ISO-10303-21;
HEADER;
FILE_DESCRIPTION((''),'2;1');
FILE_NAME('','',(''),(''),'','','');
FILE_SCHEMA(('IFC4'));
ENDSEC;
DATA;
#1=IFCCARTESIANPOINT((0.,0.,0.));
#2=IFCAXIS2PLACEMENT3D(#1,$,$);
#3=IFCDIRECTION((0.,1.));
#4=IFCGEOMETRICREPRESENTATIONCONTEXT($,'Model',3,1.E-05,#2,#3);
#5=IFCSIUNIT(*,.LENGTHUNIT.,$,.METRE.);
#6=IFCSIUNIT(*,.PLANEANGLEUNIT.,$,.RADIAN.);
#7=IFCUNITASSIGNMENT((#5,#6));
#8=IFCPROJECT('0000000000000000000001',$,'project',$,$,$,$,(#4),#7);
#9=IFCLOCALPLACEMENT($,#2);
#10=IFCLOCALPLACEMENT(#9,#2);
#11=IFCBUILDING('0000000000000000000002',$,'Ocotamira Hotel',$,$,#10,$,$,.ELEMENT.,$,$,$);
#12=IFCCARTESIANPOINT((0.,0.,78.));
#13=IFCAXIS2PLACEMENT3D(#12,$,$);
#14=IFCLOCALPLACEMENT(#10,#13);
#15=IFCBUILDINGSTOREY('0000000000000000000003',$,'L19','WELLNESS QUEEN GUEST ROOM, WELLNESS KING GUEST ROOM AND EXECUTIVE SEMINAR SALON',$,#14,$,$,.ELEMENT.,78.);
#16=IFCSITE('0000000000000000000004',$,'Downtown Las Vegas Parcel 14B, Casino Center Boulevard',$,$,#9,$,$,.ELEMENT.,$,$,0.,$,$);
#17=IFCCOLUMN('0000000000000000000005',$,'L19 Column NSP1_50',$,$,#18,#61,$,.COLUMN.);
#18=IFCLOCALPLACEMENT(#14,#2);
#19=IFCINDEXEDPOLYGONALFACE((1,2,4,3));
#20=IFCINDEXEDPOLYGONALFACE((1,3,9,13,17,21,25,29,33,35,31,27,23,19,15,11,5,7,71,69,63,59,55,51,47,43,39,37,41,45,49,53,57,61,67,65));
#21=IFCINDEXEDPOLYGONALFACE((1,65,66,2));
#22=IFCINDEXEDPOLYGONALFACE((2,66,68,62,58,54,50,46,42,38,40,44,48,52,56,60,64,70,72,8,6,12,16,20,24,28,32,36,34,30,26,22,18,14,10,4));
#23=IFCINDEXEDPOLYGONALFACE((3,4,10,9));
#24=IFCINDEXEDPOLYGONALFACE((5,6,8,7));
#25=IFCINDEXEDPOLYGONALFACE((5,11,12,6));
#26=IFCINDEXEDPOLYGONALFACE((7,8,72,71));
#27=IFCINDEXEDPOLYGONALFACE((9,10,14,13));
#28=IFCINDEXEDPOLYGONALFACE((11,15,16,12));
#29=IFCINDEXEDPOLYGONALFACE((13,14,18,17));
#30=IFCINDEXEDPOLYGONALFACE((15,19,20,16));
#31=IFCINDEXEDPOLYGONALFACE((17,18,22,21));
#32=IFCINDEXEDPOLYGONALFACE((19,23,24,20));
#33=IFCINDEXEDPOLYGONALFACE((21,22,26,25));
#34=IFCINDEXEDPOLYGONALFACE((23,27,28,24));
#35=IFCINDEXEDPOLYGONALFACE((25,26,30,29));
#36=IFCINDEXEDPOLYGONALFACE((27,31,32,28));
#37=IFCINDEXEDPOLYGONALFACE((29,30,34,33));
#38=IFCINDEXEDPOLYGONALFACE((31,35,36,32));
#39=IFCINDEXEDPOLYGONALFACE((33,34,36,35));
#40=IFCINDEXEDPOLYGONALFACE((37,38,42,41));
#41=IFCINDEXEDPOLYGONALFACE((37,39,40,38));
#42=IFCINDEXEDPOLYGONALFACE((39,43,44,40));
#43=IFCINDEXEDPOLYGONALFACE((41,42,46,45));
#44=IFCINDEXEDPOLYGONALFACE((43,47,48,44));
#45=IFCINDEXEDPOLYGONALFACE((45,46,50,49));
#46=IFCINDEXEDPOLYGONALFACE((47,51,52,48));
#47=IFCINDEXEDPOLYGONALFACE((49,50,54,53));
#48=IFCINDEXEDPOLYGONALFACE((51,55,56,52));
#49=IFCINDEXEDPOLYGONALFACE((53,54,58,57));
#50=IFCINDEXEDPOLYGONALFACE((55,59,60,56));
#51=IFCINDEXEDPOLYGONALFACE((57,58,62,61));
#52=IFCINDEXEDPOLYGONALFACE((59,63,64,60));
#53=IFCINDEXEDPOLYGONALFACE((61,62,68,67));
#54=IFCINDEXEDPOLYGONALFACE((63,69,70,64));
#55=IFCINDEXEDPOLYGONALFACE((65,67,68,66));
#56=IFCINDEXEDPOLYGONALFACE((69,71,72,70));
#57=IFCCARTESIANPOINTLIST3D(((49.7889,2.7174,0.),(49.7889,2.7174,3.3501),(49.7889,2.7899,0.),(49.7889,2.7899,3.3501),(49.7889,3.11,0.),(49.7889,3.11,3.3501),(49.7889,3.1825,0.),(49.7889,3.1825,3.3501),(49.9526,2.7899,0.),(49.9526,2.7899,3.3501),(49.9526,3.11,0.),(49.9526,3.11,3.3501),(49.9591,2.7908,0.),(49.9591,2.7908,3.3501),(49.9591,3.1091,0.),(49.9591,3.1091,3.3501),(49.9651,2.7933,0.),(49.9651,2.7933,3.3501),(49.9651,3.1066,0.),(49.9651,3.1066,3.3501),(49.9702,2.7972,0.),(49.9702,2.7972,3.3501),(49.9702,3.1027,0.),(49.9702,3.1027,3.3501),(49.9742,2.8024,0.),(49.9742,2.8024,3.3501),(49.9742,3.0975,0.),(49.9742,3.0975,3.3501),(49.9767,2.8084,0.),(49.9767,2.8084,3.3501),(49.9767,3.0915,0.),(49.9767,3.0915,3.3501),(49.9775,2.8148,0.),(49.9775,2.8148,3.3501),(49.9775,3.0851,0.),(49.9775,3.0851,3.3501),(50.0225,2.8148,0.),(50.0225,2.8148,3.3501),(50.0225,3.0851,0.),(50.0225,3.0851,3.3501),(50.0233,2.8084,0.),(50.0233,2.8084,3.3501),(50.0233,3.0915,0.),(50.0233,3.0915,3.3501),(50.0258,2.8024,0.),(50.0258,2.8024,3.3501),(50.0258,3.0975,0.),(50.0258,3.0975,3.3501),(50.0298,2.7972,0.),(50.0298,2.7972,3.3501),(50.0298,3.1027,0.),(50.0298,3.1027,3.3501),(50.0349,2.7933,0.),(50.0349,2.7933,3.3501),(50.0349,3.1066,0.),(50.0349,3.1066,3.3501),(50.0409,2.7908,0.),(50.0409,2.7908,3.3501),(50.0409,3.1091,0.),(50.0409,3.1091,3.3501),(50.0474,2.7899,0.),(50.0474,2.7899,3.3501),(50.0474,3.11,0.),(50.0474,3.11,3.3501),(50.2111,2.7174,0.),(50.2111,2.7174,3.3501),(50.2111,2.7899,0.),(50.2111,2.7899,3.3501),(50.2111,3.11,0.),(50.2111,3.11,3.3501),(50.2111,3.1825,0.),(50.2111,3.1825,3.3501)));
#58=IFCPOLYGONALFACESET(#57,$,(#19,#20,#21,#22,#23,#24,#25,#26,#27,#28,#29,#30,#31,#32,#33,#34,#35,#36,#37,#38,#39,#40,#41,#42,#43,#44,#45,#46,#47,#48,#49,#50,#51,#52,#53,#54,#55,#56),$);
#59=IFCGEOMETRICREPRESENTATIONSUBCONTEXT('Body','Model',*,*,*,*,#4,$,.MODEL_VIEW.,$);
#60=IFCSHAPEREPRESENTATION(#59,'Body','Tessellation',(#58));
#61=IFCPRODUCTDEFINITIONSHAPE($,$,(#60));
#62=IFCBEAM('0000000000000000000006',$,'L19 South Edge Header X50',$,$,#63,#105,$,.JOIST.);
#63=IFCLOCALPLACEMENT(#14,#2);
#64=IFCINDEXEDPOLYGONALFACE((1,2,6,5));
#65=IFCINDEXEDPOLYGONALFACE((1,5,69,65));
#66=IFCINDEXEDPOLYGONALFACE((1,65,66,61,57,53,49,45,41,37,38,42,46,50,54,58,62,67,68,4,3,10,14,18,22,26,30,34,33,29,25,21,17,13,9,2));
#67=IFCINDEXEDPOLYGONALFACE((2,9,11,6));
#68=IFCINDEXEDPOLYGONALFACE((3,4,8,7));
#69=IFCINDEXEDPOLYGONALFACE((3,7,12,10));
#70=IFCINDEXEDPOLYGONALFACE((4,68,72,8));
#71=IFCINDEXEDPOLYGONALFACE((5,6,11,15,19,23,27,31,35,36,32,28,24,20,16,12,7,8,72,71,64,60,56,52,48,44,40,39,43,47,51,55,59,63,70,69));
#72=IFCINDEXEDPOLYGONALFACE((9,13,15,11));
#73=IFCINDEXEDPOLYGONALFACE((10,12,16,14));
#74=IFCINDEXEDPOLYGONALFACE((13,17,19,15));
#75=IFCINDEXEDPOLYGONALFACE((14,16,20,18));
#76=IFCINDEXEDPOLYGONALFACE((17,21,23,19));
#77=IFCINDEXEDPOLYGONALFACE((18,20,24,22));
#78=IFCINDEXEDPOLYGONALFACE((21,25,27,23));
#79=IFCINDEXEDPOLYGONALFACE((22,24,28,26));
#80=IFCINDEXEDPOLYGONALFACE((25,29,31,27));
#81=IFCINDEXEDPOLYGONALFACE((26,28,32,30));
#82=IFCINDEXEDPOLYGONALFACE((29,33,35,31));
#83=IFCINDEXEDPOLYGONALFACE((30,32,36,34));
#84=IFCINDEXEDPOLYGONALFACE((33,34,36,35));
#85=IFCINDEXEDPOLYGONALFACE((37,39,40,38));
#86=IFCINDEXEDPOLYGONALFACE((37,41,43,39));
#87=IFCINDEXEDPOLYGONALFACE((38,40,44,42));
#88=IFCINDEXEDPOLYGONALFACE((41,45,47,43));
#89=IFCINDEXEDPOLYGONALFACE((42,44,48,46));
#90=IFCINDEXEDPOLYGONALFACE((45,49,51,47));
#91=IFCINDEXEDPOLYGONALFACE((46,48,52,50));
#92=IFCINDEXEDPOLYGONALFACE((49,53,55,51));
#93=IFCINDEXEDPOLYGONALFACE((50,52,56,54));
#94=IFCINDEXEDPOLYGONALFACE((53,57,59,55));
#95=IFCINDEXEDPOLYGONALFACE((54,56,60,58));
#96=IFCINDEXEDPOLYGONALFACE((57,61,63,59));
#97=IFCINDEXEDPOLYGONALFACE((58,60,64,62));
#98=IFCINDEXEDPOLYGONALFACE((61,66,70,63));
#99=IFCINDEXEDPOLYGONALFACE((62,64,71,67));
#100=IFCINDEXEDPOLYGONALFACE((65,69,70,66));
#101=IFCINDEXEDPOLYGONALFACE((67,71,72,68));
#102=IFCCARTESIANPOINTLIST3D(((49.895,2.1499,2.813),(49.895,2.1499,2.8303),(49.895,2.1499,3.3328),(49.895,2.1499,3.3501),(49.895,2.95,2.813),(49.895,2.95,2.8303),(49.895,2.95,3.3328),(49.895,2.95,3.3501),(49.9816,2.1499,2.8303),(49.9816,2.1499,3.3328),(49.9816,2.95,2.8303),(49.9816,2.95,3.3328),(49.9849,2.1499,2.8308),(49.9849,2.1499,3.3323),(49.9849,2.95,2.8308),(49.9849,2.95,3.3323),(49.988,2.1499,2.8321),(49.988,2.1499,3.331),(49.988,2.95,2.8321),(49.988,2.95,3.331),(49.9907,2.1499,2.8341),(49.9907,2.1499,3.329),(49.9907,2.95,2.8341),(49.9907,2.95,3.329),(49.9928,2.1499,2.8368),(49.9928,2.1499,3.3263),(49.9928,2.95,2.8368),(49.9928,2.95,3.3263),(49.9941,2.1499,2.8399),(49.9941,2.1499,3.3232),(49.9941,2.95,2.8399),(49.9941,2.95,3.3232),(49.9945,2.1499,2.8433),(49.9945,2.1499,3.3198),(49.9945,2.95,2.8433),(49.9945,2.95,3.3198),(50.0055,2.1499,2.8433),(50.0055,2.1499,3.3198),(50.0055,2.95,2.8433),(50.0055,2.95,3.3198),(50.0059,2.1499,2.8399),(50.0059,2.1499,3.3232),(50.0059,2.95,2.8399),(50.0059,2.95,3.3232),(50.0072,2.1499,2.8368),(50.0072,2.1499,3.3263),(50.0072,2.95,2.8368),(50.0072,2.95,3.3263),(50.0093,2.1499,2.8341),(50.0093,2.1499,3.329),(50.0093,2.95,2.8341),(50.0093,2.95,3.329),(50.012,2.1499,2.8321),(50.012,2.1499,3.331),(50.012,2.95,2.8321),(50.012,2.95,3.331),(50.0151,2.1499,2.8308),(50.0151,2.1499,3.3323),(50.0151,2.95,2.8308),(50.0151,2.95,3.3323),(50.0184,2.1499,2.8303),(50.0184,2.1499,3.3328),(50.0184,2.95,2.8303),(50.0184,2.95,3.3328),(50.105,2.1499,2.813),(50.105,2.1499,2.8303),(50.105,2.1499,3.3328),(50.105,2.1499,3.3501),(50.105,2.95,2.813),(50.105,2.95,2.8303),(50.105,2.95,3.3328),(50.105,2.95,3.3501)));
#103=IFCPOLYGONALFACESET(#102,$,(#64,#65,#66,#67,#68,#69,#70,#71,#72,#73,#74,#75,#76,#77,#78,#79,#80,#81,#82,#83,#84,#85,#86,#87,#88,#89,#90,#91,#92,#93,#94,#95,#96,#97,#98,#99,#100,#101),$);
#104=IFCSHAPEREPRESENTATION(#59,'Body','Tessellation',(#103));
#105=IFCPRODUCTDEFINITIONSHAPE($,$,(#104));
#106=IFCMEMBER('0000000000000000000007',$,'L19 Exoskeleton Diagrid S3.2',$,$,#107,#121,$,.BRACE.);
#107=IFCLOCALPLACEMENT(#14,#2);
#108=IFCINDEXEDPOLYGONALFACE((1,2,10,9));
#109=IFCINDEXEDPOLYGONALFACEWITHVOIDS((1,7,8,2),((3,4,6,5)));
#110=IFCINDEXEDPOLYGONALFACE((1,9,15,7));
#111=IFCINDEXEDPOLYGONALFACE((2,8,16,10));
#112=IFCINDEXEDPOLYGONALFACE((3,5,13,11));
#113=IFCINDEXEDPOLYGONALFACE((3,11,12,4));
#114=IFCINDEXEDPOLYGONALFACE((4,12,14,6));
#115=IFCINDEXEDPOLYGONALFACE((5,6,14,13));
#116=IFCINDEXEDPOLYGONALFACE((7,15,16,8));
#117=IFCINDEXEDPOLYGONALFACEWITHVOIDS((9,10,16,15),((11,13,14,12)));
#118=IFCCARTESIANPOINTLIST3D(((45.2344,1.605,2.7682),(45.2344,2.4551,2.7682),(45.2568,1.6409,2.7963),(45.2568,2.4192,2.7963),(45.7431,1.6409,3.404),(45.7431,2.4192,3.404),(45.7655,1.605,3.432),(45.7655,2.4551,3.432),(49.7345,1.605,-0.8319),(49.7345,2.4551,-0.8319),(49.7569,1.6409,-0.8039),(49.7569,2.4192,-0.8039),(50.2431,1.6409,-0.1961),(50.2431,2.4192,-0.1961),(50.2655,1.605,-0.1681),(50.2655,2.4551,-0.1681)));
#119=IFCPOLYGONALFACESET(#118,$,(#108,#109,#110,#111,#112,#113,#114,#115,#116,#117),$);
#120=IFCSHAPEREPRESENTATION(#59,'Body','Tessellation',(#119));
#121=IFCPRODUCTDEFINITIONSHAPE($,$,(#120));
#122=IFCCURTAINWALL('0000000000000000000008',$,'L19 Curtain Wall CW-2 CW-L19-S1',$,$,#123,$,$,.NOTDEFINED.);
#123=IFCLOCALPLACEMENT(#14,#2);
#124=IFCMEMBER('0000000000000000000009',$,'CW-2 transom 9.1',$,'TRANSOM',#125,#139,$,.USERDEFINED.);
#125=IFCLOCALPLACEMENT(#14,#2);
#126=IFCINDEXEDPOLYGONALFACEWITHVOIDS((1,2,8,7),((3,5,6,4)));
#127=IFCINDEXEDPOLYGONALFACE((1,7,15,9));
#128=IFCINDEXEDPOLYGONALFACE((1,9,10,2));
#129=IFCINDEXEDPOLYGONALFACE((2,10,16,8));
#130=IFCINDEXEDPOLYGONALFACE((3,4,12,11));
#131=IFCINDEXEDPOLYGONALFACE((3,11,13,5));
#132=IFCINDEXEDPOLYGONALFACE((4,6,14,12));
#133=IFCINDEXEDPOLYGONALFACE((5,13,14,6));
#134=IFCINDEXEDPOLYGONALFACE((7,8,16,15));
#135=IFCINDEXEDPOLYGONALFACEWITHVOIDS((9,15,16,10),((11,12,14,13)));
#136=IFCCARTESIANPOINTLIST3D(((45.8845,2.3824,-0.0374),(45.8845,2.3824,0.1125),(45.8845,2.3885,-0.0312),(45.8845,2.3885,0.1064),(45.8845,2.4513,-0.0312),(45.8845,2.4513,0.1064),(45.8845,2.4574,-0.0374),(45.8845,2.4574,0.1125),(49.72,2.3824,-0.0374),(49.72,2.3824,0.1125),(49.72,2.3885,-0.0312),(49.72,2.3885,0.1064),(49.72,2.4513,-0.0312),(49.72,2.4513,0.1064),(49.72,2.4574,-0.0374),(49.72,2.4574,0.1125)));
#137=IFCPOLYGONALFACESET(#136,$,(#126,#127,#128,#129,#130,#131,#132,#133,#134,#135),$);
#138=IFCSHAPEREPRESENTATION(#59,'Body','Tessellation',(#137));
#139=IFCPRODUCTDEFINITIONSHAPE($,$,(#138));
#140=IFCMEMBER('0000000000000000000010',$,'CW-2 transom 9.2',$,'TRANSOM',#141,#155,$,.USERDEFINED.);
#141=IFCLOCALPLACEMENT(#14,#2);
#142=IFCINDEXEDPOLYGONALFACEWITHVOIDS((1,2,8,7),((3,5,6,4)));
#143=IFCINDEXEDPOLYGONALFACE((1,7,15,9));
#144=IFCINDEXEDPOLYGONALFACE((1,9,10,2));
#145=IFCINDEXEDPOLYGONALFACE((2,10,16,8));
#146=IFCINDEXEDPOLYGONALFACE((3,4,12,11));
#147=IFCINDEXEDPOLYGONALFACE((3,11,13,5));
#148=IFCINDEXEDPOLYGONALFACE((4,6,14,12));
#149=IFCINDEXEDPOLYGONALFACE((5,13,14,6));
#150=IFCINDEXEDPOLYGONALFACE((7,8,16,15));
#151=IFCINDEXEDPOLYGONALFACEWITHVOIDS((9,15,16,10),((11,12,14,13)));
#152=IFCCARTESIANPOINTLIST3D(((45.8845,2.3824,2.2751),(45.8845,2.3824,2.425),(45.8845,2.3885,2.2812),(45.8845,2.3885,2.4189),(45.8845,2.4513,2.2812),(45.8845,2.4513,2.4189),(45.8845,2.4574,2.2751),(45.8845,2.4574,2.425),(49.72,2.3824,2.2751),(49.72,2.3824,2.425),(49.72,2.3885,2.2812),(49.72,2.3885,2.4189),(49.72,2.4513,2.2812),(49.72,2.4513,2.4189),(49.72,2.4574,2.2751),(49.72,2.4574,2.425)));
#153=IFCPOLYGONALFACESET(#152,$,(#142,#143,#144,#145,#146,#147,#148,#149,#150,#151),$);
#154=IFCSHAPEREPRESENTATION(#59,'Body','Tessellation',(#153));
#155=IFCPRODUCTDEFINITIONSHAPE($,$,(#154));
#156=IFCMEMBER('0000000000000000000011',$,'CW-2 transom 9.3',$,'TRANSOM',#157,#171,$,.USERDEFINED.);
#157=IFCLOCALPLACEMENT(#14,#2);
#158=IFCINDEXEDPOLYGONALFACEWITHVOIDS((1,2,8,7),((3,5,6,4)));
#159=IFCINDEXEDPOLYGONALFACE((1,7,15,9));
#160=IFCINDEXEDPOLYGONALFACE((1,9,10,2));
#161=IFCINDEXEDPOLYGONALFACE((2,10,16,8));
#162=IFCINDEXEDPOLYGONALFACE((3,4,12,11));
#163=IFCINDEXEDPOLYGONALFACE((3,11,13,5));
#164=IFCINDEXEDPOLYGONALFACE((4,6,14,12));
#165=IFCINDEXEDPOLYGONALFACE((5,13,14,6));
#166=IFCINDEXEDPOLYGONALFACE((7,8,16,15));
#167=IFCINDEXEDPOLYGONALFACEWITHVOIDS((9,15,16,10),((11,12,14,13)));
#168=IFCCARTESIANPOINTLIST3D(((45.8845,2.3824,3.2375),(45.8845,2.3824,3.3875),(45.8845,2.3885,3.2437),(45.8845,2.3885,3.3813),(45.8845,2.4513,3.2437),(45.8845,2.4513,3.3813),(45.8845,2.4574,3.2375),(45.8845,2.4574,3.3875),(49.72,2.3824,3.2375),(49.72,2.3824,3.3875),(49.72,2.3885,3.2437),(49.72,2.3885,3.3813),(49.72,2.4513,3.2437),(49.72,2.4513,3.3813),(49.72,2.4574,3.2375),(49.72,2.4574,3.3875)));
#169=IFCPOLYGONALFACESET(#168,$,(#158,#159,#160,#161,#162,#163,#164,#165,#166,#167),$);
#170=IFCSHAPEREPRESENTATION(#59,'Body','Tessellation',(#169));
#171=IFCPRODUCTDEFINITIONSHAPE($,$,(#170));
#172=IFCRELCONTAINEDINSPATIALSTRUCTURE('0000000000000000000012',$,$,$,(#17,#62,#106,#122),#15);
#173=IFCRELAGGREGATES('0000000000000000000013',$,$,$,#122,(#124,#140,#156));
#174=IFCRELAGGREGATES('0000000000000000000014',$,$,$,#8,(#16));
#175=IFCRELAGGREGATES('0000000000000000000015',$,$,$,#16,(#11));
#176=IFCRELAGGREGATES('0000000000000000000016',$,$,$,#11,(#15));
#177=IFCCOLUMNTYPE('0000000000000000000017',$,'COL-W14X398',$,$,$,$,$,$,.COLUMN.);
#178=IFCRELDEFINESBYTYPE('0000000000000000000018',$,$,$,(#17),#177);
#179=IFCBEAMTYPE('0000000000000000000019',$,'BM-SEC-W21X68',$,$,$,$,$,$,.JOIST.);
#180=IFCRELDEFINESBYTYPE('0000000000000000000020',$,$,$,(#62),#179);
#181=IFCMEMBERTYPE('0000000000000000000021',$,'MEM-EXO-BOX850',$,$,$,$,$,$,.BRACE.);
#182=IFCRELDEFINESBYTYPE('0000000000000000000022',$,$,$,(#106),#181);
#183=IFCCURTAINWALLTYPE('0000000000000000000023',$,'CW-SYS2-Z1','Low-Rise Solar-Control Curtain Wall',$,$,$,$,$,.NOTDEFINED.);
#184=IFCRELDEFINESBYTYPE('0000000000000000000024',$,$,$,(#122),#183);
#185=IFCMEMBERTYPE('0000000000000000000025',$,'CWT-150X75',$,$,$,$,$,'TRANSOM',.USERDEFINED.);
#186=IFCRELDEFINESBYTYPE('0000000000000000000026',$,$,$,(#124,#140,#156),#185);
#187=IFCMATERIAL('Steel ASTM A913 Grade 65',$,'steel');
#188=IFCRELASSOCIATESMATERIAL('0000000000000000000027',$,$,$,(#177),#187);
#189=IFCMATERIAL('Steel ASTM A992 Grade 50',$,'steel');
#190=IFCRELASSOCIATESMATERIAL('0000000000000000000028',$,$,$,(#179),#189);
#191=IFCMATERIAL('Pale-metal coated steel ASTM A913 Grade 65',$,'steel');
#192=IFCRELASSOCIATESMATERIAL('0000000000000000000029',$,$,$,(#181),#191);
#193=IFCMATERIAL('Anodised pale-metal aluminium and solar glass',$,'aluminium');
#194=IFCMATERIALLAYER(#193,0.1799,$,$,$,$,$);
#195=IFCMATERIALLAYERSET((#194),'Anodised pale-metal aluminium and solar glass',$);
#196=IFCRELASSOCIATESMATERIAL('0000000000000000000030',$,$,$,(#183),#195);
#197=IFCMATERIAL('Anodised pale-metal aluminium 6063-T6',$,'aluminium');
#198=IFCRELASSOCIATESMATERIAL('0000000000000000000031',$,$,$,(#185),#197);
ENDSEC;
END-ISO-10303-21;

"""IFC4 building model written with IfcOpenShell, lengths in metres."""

from ifc_helpers import new_model, si_unit, direction, frame, origin, origin_2d, place, context, subcontext, project, spatial, hollow_rectangle, i_section, extrude, source, transform, mapped, material, layer, layer_set, material_profile, profile_set, type_object, element, aggregate, save


model = new_model("IFC4")

# Units and contexts
model_context = context("Model", 3, precision=1e-05, world=origin(), true_north=direction((0.0, 1.0)))
body_context = subcontext(model_context, "Body", "Model", "MODEL_VIEW")
ifc_project = project(units=[si_unit("LENGTHUNIT", "METRE"), si_unit("PLANEANGLEUNIT", "RADIAN")], contexts=[model_context])

# Site, building, storey
site_placement = place(None, origin())
site = spatial("IfcSite", under=ifc_project, at=site_placement, Name="Downtown Las Vegas Parcel 14B, Casino Center Boulevard", CompositionType="ELEMENT", RefElevation=0.0)
building_placement = place(site_placement, origin())
building = spatial("IfcBuilding", under=site, at=building_placement, Name="Ocotamira Hotel", CompositionType="ELEMENT")
storey_placement = place(building_placement, frame((0.0, 0.0, 78.0)))
storey = spatial("IfcBuildingStorey", under=building, at=storey_placement, Name="L19", Description="WELLNESS QUEEN GUEST ROOM, WELLNESS KING GUEST ROOM AND EXECUTIVE SEMINAR SALON", CompositionType="ELEMENT", Elevation=78.0)

# Column
ifc_material_1 = material(Name="Steel ASTM A913 Grade 65", Category="steel")
ifc_material_profile_1 = material_profile(ifc_material_1, i_section(OverallWidth=0.4221, OverallDepth=0.4651, WebThickness=0.0449, FlangeThickness=0.0725, FilletRadius=0.0249, at=origin_2d()), Name="W14X398")
ifc_profile_set_1 = profile_set([ifc_material_profile_1], Name="Steel ASTM A913 Grade 65")
column_type = type_object("IfcColumnType", Name="COL-W14X398", PredefinedType="COLUMN", material=ifc_profile_set_1)
shared_shape_1 = source(origin(), body_context, "Body", "SweptSolid", [
    extrude(i_section(OverallWidth=0.4221, OverallDepth=0.4651, WebThickness=0.0449, FlangeThickness=0.0725, FilletRadius=0.0249, at=origin_2d()), origin(), (0.0, 0.0, 1.0), 3.3501),
])
column_placement = place(storey_placement, frame((50.0, 2.95, 0.0), z_axis=(0.0, 0.0, 1.0), x_axis=(1.0, 0.0, 0.0)))
element("IfcColumn", 1, at=column_placement, inside=storey, type_object=column_type, Name="L19 Column NSP1_50", PredefinedType="COLUMN", context=body_context, shape_type="MappedRepresentation", body=[
    mapped(shared_shape_1, transform((0.0, 0.0, 0.0), scale=1.0)),
])

# Beam
ifc_material_2 = material(Name="Steel ASTM A992 Grade 50", Category="steel")
ifc_material_profile_2 = material_profile(ifc_material_2, i_section(OverallWidth=0.21, OverallDepth=0.5371, WebThickness=0.011, FlangeThickness=0.0173, FilletRadius=0.0129, at=origin_2d()), Name="W21X68")
ifc_profile_set_2 = profile_set([ifc_material_profile_2], Name="Steel ASTM A992 Grade 50")
beam_type = type_object("IfcBeamType", Name="BM-SEC-W21X68", PredefinedType="JOIST", material=ifc_profile_set_2)
shared_shape_2 = source(origin(), body_context, "Body", "SweptSolid", [
    extrude(i_section(OverallWidth=0.21, OverallDepth=0.5371, WebThickness=0.011, FlangeThickness=0.0173, FilletRadius=0.0129, at=origin_2d()), origin(), (0.0, 0.0, 1.0), 0.8),
])
beam_placement = place(storey_placement, frame((50.0, 2.95, 3.0815), z_axis=(0.0, -1.0, 0.0), x_axis=(1.0, 0.0, 0.0)))
element("IfcBeam", 2, at=beam_placement, inside=storey, type_object=beam_type, Name="L19 South Edge Header X50", PredefinedType="JOIST", context=body_context, shape_type="MappedRepresentation", body=[
    mapped(shared_shape_2, transform((0.0, 0.0, 0.0), scale=1.0)),
])

# Member
ifc_material_3 = material(Name="Pale-metal coated steel ASTM A913 Grade 65", Category="steel")
ifc_material_profile_3 = material_profile(ifc_material_3, hollow_rectangle(XDim=0.8501, YDim=0.8501, WallThickness=0.0359, at=origin_2d()), Name="BOX850X850X36")
ifc_profile_set_3 = profile_set([ifc_material_profile_3], Name="Pale-metal coated steel ASTM A913 Grade 65")
member_type_1 = type_object("IfcMemberType", Name="MEM-EXO-BOX850", PredefinedType="BRACE", material=ifc_profile_set_3)
shared_shape_3 = source(origin(), body_context, "Body", "SweptSolid", [
    extrude(hollow_rectangle(XDim=0.8501, YDim=0.8501, WallThickness=0.0359, at=origin_2d()), origin(), (0.0, 0.0, 1.0), 5.7629),
])
member_1_placement = place(storey_placement, frame((50.0, 2.03, -0.5), z_axis=(-0.780861, 0.0, 0.624705), x_axis=(0.0, -1.0, 0.0)))
element("IfcMember", 3, at=member_1_placement, inside=storey, type_object=member_type_1, Name="L19 Exoskeleton Diagrid S3.2", PredefinedType="BRACE", context=body_context, shape_type="MappedRepresentation", body=[
    mapped(shared_shape_3, transform((0.0, 0.0, 0.0), scale=1.0)),
])

# Curtain wall, members
ifc_material_4 = material(Name="Anodised pale-metal aluminium and solar glass", Category="aluminium")
ifc_layer_1 = layer(ifc_material_4, 0.1799)
ifc_layer_set_1 = layer_set([ifc_layer_1], Name="Anodised pale-metal aluminium and solar glass")
curtain_wall_type = type_object("IfcCurtainWallType", Name="CW-SYS2-Z1", Description="Low-Rise Solar-Control Curtain Wall", PredefinedType="NOTDEFINED", material=ifc_layer_set_1)
curtain_wall_placement = place(storey_placement, origin())
curtain_wall = element("IfcCurtainWall", 4, at=curtain_wall_placement, inside=storey, type_object=curtain_wall_type, Name="L19 Curtain Wall CW-2 CW-L19-S1", PredefinedType="NOTDEFINED")
ifc_material_5 = material(Name="Anodised pale-metal aluminium 6063-T6", Category="aluminium")
ifc_material_profile_4 = material_profile(ifc_material_5, hollow_rectangle(XDim=0.075, YDim=0.1499, WallThickness=0.0061, at=origin_2d()), Name="HSS150X75X6")
ifc_profile_set_4 = profile_set([ifc_material_profile_4], Name="Anodised pale-metal aluminium 6063-T6")
member_type_2 = type_object("IfcMemberType", Name="CWT-150X75", ElementType="TRANSOM", PredefinedType="USERDEFINED", material=ifc_profile_set_4)
shared_shape_4 = source(origin(), body_context, "Body", "SweptSolid", [
    extrude(hollow_rectangle(XDim=0.075, YDim=0.1499, WallThickness=0.0061, at=origin_2d()), origin(), (0.0, 0.0, 1.0), 3.8354),
])
member_2_placement = place(storey_placement, frame((45.8845, 2.4199, 0.0376), z_axis=(1.0, 0.0, 0.0), x_axis=(0.0, 1.0, 0.0)))
member_2 = element("IfcMember", 5, at=member_2_placement, type_object=member_type_2, Name="CW-2 transom 9.1", ObjectType="TRANSOM", PredefinedType="USERDEFINED", context=body_context, shape_type="MappedRepresentation", body=[
    mapped(shared_shape_4, transform((0.0, 0.0, 0.0), scale=1.0)),
])
member_3_placement = place(storey_placement, frame((45.8845, 2.4199, 2.3501), z_axis=(1.0, 0.0, 0.0), x_axis=(0.0, 1.0, 0.0)))
member_3 = element("IfcMember", 6, at=member_3_placement, type_object=member_type_2, Name="CW-2 transom 9.2", ObjectType="TRANSOM", PredefinedType="USERDEFINED", context=body_context, shape_type="MappedRepresentation", body=[
    mapped(shared_shape_4, transform((0.0, 0.0, 0.0), scale=1.0)),
])
member_4_placement = place(storey_placement, frame((45.8845, 2.4199, 3.3125), z_axis=(1.0, 0.0, 0.0), x_axis=(0.0, 1.0, 0.0)))
member_4 = element("IfcMember", 7, at=member_4_placement, type_object=member_type_2, Name="CW-2 transom 9.3", ObjectType="TRANSOM", PredefinedType="USERDEFINED", context=body_context, shape_type="MappedRepresentation", body=[
    mapped(shared_shape_4, transform((0.0, 0.0, 0.0), scale=1.0)),
])
aggregate(curtain_wall, [member_2, member_3, member_4])

save(model, "model.ifc")
